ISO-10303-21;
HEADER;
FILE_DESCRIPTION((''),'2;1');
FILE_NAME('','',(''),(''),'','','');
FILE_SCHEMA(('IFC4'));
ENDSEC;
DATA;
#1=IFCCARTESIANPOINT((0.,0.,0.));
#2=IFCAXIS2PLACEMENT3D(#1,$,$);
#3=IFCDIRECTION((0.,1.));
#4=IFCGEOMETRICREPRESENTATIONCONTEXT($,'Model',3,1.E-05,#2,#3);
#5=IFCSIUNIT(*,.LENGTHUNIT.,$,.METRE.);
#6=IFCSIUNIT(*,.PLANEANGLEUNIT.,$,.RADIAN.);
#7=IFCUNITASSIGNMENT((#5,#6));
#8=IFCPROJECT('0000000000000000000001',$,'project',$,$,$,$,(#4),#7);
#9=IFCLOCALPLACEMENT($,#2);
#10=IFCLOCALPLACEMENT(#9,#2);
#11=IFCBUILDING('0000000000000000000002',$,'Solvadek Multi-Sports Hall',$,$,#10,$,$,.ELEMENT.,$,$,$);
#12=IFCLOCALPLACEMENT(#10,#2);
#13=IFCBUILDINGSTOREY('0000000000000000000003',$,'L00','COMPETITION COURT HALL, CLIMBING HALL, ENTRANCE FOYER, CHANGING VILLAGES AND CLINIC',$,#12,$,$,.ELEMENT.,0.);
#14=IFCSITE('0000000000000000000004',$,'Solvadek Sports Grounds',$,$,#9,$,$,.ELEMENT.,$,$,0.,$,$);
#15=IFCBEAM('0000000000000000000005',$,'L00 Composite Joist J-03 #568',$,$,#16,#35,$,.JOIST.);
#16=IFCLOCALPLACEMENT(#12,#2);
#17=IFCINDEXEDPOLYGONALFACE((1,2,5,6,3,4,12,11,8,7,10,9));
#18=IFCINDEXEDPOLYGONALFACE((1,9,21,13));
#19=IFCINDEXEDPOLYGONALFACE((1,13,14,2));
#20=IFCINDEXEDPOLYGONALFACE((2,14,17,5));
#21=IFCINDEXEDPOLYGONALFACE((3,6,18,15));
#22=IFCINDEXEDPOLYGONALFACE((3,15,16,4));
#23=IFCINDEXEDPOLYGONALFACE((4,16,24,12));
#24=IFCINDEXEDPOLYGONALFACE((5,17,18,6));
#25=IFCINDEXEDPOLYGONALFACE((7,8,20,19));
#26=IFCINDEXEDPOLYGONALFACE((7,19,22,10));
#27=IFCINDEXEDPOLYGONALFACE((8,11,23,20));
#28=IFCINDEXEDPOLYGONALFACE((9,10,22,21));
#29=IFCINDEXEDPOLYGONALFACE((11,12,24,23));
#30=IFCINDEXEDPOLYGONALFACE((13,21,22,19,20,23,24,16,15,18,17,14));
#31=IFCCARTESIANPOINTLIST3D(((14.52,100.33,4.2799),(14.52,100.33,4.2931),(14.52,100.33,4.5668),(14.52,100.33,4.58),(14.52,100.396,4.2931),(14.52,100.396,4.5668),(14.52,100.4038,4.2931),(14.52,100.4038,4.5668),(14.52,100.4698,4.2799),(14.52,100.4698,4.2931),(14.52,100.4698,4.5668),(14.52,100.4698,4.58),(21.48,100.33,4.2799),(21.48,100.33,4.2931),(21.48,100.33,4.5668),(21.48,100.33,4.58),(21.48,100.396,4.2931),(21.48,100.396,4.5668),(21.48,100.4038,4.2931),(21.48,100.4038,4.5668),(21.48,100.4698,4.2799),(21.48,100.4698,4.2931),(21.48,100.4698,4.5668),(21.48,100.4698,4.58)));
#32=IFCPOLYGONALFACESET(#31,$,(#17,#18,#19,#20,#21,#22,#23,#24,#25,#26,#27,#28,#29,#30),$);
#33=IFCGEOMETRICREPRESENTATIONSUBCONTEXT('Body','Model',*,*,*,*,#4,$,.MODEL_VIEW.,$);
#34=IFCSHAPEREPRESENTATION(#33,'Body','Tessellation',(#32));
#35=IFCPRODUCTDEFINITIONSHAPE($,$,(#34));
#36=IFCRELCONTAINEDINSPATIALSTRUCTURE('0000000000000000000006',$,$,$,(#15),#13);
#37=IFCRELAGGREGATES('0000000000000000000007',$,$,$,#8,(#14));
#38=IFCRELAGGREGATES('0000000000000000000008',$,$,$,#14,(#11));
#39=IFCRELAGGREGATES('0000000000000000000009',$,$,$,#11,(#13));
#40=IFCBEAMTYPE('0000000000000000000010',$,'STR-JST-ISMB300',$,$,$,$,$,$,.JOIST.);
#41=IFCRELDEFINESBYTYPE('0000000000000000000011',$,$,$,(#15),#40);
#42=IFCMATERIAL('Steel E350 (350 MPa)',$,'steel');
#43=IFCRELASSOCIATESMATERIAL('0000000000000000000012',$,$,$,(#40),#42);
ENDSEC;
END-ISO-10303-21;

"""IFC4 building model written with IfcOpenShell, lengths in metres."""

from ifc_helpers import new_model, si_unit, direction, frame, origin, origin_2d, place, context, subcontext, project, spatial, i_section, extrude, material, material_profile, profile_set, type_object, element, save


model = new_model("IFC4")

# Units and contexts
model_context = context("Model", 3, precision=1e-05, world=origin(), true_north=direction((0.0, 1.0)))
body_context = subcontext(model_context, "Body", "Model", "MODEL_VIEW")
ifc_project = project(units=[si_unit("LENGTHUNIT", "METRE"), si_unit("PLANEANGLEUNIT", "RADIAN")], contexts=[model_context])

# Site, building, storey
site_placement = place(None, origin())
site = spatial("IfcSite", under=ifc_project, at=site_placement, Name="Solvadek Sports Grounds", CompositionType="ELEMENT", RefElevation=0.0)
building_placement = place(site_placement, origin())
building = spatial("IfcBuilding", under=site, at=building_placement, Name="Solvadek Multi-Sports Hall", CompositionType="ELEMENT")
storey_placement = place(building_placement, origin())
storey = spatial("IfcBuildingStorey", under=building, at=storey_placement, Name="L00", Description="COMPETITION COURT HALL, CLIMBING HALL, ENTRANCE FOYER, CHANGING VILLAGES AND CLINIC", CompositionType="ELEMENT", Elevation=0.0)

# Shared definitions
ifc_material_1 = material(Name="Steel E350 (350 MPa)", Category="steel")

# Beam
ifc_material_profile_1 = material_profile(ifc_material_1, i_section(OverallWidth=0.1399, OverallDepth=0.3, WebThickness=0.0078, FlangeThickness=0.0132, at=origin_2d()), Name="ISMB 300")
ifc_profile_set_1 = profile_set([ifc_material_profile_1], Name="Steel E350 (350 MPa)")
beam_type_1 = type_object("IfcBeamType", Name="STR-JST-ISMB300", PredefinedType="JOIST", material=ifc_profile_set_1)
for number, where, z_axis, x_axis, name in (
    (1, (14.52, 100.3999, 4.4299), (1.0, 0.0, 0.0), (0.0, 1.0, 0.0), "L00 Composite Joist J-03 #568"),
):
    element("IfcBeam", number, at=place(storey_placement, frame(where, z_axis=z_axis, x_axis=x_axis)), inside=storey, type_object=beam_type_1, Name=name, PredefinedType="JOIST", context=body_context, shape_type="SweptSolid", body=[
        extrude(i_section(OverallWidth=0.1399, OverallDepth=0.3, WebThickness=0.0078, FlangeThickness=0.0132, at=origin_2d()), origin(), (0.0, 0.0, 1.0), 6.96),
    ])

save(model, "model.ifc")
